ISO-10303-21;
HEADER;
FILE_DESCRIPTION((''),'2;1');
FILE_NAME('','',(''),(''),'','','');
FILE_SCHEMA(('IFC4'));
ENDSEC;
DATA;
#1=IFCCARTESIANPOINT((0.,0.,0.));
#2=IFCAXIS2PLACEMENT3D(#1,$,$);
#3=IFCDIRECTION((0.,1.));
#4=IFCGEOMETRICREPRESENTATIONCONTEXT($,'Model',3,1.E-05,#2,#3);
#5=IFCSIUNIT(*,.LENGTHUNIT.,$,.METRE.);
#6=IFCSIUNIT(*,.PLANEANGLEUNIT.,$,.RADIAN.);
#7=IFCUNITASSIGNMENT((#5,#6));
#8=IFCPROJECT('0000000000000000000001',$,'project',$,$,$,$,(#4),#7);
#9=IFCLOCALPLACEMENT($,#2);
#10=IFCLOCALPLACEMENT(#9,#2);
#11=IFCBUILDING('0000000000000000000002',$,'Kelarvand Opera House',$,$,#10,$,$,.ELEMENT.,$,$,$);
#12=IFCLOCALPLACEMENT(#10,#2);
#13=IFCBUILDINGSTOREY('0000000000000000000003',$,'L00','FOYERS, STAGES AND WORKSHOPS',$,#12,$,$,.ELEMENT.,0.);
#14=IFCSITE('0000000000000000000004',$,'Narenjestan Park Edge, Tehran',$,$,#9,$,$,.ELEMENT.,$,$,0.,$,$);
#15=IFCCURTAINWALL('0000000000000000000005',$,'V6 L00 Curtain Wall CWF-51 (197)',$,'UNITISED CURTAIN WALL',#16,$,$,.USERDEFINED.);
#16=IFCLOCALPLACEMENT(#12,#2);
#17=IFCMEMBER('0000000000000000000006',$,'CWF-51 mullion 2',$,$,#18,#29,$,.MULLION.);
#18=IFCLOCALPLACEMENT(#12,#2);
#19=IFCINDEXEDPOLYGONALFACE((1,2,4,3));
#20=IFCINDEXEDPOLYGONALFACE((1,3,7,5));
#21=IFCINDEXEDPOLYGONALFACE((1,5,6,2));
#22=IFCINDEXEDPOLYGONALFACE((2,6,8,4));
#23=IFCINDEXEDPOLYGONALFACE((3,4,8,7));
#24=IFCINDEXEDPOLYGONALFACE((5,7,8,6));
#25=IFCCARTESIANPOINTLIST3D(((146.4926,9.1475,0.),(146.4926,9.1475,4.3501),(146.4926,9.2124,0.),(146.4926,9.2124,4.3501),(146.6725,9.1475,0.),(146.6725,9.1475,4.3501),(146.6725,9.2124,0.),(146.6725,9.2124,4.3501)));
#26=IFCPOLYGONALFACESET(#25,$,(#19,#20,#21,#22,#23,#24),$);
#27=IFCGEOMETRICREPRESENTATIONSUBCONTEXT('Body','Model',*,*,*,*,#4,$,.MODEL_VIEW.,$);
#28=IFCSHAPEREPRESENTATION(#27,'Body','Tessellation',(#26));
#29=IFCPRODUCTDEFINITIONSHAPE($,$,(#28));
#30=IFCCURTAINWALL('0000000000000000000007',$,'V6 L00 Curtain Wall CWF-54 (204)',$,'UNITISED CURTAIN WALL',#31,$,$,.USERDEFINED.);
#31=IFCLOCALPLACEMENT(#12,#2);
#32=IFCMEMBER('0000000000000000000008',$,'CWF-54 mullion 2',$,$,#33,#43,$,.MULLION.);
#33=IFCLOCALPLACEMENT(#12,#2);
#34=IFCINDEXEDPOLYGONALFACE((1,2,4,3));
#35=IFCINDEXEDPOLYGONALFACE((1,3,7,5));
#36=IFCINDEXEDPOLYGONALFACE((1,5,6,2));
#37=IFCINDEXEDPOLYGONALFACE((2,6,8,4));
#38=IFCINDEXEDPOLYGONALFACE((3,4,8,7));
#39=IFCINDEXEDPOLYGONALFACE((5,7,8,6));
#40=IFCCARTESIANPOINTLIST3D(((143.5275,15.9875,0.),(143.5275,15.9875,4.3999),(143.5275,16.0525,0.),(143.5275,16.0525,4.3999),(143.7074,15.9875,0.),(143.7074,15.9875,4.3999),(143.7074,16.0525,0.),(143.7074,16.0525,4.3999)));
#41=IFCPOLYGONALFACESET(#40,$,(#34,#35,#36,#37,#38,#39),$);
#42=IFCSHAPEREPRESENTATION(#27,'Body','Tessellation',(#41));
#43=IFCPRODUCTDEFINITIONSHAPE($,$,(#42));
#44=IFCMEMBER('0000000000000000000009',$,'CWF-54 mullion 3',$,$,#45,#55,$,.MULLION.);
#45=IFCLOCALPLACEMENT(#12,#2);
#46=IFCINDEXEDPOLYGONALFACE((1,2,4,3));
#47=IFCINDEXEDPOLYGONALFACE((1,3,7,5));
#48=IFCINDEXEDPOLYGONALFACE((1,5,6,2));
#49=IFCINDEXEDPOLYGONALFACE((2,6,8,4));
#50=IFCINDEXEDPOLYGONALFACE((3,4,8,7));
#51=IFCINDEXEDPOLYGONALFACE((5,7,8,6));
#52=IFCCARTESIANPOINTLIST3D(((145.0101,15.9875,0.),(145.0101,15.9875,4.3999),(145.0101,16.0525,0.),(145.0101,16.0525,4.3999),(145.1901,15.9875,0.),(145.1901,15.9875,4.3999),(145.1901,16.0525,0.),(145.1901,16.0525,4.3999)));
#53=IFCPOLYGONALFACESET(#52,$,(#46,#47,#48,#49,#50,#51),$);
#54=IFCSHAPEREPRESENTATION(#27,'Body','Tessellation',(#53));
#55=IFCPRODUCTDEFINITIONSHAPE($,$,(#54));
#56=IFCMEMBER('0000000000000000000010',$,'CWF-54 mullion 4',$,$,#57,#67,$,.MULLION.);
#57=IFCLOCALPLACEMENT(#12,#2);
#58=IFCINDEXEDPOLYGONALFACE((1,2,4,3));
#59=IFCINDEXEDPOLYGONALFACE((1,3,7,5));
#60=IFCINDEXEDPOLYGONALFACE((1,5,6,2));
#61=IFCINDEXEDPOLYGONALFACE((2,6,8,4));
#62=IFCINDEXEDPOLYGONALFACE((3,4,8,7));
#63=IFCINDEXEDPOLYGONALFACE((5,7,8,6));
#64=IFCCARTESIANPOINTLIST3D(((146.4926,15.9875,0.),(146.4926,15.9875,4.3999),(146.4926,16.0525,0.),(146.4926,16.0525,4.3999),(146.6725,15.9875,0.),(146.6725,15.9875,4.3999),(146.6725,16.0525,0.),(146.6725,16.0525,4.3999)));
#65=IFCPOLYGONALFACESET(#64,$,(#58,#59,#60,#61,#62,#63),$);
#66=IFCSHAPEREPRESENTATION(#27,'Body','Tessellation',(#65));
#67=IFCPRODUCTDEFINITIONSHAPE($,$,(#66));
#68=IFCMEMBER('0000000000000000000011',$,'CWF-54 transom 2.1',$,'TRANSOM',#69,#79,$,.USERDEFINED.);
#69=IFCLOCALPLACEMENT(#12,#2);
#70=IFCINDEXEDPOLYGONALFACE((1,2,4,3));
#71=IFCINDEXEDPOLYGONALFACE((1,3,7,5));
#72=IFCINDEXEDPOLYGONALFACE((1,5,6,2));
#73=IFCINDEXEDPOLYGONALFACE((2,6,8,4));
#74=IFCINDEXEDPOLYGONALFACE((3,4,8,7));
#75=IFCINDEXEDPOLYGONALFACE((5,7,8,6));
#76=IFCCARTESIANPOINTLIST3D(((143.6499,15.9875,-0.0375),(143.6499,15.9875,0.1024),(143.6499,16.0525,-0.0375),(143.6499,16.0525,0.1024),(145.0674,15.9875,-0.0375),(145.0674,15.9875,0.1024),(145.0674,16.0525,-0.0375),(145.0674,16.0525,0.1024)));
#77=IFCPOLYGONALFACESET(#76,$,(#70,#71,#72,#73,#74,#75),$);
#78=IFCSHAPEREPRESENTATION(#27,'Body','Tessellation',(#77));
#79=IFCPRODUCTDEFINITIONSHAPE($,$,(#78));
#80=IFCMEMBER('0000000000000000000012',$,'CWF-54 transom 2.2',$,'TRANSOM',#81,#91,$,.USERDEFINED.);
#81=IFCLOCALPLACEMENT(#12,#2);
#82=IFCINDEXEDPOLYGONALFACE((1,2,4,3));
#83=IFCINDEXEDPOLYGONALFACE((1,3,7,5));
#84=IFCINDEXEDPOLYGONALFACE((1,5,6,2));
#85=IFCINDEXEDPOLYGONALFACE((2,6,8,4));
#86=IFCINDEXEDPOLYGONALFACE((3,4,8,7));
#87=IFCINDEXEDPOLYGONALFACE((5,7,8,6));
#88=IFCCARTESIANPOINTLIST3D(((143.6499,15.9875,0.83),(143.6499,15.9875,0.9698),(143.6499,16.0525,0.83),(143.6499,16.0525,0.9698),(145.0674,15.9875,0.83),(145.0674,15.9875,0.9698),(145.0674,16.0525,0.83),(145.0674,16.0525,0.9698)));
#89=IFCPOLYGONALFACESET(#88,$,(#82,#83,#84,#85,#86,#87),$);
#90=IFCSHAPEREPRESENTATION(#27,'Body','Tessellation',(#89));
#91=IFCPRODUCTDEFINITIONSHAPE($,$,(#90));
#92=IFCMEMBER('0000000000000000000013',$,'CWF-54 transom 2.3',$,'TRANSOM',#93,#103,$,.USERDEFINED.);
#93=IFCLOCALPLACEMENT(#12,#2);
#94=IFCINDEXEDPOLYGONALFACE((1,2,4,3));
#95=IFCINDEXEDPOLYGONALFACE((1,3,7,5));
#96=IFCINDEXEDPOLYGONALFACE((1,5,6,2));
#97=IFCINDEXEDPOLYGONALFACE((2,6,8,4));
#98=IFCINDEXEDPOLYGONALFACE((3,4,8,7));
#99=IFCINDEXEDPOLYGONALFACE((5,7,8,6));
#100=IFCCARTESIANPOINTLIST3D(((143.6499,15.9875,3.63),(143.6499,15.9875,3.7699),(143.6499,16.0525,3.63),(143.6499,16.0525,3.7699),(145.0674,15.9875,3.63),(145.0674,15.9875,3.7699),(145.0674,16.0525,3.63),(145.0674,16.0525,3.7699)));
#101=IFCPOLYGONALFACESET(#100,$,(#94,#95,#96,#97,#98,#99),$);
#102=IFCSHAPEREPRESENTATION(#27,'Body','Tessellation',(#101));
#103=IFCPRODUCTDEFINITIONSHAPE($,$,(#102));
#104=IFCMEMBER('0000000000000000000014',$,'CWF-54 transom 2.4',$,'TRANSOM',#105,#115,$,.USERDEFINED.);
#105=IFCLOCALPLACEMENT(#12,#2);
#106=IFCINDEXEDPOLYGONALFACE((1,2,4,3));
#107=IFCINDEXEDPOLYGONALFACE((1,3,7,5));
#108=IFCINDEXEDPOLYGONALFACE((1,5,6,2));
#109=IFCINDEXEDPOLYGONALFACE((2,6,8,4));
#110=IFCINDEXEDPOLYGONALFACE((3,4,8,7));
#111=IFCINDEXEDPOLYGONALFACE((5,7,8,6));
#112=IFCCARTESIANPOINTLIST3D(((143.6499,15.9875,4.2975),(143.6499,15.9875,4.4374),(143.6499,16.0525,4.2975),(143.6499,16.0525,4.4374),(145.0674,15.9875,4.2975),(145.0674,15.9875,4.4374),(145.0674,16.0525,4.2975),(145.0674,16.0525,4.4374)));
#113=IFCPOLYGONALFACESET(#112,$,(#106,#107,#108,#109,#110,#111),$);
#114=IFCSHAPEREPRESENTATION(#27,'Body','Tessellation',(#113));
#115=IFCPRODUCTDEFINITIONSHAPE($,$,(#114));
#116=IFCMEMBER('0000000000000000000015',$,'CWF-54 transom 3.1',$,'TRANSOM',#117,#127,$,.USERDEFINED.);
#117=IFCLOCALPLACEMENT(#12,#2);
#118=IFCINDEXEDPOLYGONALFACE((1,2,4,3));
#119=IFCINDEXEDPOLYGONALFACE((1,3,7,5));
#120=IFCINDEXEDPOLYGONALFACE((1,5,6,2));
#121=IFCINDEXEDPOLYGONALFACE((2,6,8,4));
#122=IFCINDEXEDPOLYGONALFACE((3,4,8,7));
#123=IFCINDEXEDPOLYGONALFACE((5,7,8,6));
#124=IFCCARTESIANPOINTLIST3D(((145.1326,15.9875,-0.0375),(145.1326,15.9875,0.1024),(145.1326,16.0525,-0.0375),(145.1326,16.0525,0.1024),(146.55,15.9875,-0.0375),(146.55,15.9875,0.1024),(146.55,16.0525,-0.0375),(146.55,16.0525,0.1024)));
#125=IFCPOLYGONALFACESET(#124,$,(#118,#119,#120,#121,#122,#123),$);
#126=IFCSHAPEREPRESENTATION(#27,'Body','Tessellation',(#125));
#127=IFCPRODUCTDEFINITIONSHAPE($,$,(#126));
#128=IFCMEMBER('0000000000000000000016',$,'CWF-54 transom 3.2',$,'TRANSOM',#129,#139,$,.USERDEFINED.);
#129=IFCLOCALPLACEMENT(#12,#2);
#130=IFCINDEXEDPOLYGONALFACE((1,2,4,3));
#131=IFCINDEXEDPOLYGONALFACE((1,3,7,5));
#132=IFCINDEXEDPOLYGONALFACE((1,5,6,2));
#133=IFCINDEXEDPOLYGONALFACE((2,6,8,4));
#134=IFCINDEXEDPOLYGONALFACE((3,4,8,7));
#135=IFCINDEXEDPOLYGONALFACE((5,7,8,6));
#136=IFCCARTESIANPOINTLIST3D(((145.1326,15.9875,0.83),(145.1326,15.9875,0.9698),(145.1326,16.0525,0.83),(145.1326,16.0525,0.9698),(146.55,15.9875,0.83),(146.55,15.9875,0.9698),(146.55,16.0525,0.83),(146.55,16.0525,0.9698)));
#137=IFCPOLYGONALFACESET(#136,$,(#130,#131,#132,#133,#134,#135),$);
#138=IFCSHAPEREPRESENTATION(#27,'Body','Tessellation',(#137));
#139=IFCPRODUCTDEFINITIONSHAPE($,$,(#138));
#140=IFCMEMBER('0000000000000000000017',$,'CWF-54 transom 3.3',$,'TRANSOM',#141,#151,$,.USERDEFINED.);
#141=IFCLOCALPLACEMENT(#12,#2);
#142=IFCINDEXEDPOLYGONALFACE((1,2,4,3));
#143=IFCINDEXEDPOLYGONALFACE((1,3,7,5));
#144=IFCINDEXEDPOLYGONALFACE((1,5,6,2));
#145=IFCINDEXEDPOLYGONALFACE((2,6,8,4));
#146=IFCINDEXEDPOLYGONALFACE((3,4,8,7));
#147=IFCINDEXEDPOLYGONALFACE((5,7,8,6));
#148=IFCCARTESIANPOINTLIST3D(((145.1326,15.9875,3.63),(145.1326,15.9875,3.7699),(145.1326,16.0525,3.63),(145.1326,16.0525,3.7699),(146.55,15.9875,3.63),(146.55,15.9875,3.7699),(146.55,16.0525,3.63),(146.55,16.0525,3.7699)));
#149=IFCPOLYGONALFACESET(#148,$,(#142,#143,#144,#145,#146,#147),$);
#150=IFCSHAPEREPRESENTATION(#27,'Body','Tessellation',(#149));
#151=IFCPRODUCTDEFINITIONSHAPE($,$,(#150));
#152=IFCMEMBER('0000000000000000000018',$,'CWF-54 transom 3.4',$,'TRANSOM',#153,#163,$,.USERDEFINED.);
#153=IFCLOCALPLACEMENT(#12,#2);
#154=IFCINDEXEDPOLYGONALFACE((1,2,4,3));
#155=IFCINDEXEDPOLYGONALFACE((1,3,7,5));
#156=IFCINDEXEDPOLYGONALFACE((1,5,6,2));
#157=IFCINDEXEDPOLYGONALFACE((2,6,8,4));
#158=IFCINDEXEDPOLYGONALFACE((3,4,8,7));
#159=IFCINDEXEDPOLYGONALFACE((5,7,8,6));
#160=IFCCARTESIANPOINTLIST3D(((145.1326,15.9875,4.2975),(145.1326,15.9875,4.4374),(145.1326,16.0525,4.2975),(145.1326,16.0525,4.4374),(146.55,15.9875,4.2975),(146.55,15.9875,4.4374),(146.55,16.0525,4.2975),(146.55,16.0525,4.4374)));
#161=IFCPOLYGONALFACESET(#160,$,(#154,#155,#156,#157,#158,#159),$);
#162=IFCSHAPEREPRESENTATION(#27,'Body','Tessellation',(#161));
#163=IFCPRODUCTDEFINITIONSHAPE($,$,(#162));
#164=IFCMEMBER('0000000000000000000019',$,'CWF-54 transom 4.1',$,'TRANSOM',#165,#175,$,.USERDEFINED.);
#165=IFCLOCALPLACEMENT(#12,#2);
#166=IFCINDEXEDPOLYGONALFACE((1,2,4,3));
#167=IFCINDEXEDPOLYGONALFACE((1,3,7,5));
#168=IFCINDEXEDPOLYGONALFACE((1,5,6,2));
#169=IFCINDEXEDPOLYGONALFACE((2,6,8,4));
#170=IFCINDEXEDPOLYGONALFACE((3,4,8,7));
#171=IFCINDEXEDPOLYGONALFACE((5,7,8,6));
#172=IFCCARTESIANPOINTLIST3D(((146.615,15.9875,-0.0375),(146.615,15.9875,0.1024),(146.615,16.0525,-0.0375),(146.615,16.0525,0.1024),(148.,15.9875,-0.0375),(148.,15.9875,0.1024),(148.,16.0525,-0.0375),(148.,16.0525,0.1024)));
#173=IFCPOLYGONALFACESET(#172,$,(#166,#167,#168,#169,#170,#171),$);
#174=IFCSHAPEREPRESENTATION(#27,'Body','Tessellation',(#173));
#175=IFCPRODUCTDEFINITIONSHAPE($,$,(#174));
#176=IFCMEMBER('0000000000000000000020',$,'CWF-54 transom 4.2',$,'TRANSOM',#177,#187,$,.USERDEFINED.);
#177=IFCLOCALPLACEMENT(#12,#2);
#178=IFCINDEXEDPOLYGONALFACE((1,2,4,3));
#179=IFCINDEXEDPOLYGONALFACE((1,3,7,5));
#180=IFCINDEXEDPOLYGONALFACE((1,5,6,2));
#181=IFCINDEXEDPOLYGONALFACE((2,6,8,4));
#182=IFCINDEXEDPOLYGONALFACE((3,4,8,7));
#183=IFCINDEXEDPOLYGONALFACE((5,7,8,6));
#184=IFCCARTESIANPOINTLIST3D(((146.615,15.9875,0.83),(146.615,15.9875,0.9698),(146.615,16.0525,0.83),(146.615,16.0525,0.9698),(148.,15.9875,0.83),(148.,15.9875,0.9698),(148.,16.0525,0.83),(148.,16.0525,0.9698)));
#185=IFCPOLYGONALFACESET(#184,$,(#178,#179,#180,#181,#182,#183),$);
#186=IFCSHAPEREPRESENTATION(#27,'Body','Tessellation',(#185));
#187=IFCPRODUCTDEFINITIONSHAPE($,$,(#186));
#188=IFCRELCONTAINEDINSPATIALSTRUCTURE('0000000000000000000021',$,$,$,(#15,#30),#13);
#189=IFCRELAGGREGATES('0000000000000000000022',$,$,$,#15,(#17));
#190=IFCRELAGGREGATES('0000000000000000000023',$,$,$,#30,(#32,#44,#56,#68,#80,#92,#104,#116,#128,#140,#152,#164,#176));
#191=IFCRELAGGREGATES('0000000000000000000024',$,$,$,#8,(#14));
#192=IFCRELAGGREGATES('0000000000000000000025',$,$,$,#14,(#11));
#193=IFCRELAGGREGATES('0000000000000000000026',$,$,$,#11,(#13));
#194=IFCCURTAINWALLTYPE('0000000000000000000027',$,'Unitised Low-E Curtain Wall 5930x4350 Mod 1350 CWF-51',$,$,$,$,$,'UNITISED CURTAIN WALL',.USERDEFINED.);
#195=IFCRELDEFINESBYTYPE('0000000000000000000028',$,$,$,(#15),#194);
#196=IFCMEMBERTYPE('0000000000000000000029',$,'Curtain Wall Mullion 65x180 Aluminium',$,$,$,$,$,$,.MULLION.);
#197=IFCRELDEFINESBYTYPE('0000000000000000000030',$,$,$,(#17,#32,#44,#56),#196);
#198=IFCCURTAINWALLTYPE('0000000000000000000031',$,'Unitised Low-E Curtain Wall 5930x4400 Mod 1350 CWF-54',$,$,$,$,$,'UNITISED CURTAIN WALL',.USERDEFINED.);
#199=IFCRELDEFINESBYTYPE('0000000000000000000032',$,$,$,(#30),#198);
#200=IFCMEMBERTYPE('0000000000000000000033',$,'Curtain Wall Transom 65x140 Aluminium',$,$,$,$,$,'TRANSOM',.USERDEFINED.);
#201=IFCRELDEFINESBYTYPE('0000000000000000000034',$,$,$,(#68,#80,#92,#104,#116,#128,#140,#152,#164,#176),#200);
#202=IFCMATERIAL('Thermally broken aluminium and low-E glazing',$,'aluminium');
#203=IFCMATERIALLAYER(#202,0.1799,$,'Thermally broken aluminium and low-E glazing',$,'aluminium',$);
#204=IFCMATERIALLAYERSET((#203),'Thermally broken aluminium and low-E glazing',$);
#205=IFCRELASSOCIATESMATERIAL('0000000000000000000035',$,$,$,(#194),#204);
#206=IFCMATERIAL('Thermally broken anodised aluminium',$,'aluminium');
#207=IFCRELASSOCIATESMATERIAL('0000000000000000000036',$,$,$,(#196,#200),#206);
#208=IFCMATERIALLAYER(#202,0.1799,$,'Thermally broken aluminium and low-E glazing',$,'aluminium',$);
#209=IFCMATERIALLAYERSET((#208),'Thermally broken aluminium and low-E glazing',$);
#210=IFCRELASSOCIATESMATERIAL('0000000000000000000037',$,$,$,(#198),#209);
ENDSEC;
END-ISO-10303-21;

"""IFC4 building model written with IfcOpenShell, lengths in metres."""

from ifc_helpers import new_model, si_unit, direction, frame, origin, origin_2d, place, context, subcontext, project, spatial, rectangle, extrude, material, layer, layer_set, material_profile, profile_set, type_object, element, aggregate, save


model = new_model("IFC4")

# Units and contexts
model_context = context("Model", 3, precision=1e-05, world=origin(), true_north=direction((0.0, 1.0)))
body_context = subcontext(model_context, "Body", "Model", "MODEL_VIEW")
ifc_project = project(units=[si_unit("LENGTHUNIT", "METRE"), si_unit("PLANEANGLEUNIT", "RADIAN")], contexts=[model_context])

# Site, building, storey
site_placement = place(None, origin())
site = spatial("IfcSite", under=ifc_project, at=site_placement, Name="Narenjestan Park Edge, Tehran", CompositionType="ELEMENT", RefElevation=0.0)
building_placement = place(site_placement, origin())
building = spatial("IfcBuilding", under=site, at=building_placement, Name="Kelarvand Opera House", CompositionType="ELEMENT")
storey_placement = place(building_placement, origin())
storey = spatial("IfcBuildingStorey", under=building, at=storey_placement, Name="L00", Description="FOYERS, STAGES AND WORKSHOPS", CompositionType="ELEMENT", Elevation=0.0)

# Curtain wall, member
ifc_material_1 = material(Name="Thermally broken aluminium and low-E glazing", Category="aluminium")
ifc_layer_1 = layer(ifc_material_1, 0.1799, Name="Thermally broken aluminium and low-E glazing", Category="aluminium")
ifc_layer_set_1 = layer_set([ifc_layer_1], Name="Thermally broken aluminium and low-E glazing")
curtain_wall_type_1 = type_object("IfcCurtainWallType", Name="Unitised Low-E Curtain Wall 5930x4350 Mod 1350 CWF-51", ElementType="UNITISED CURTAIN WALL", PredefinedType="USERDEFINED", material=ifc_layer_set_1)
curtain_wall_1_placement = place(storey_placement, origin())
curtain_wall_1 = element("IfcCurtainWall", 1, at=curtain_wall_1_placement, inside=storey, type_object=curtain_wall_type_1, Name="V6 L00 Curtain Wall CWF-51 (197)", ObjectType="UNITISED CURTAIN WALL", PredefinedType="USERDEFINED")
ifc_material_2 = material(Name="Thermally broken anodised aluminium", Category="aluminium")
ifc_material_profile_1 = material_profile(ifc_material_2, rectangle(XDim=0.0649, YDim=0.1799, at=origin_2d()), Name="ALU MULLION 65x180", Category="aluminium")
ifc_profile_set_1 = profile_set([ifc_material_profile_1], Name="Thermally broken anodised aluminium")
member_type_1 = type_object("IfcMemberType", Name="Curtain Wall Mullion 65x180 Aluminium", PredefinedType="MULLION", material=ifc_profile_set_1)
member_1_placement = place(storey_placement, frame((146.5825, 9.1799, 0.0), z_axis=(0.0, 0.0, 1.0), x_axis=(0.0, -1.0, 0.0)))
member_1 = element("IfcMember", 2, at=member_1_placement, type_object=member_type_1, Name="CWF-51 mullion 2", PredefinedType="MULLION", context=body_context, shape_type="SweptSolid", body=[
    extrude(rectangle(XDim=0.0649, YDim=0.1799, at=origin_2d()), origin(), (0.0, 0.0, 1.0), 4.3501),
])
aggregate(curtain_wall_1, [member_1])

# Curtain wall, members
ifc_layer_2 = layer(ifc_material_1, 0.1799, Name="Thermally broken aluminium and low-E glazing", Category="aluminium")
ifc_layer_set_2 = layer_set([ifc_layer_2], Name="Thermally broken aluminium and low-E glazing")
curtain_wall_type_2 = type_object("IfcCurtainWallType", Name="Unitised Low-E Curtain Wall 5930x4400 Mod 1350 CWF-54", ElementType="UNITISED CURTAIN WALL", PredefinedType="USERDEFINED", material=ifc_layer_set_2)
curtain_wall_2_placement = place(storey_placement, origin())
curtain_wall_2 = element("IfcCurtainWall", 3, at=curtain_wall_2_placement, inside=storey, type_object=curtain_wall_type_2, Name="V6 L00 Curtain Wall CWF-54 (204)", ObjectType="UNITISED CURTAIN WALL", PredefinedType="USERDEFINED")
member_2_placement = place(storey_placement, frame((143.6174, 16.02, 0.0), z_axis=(0.0, 0.0, 1.0), x_axis=(0.0, 1.0, 0.0)))
member_2 = element("IfcMember", 4, at=member_2_placement, type_object=member_type_1, Name="CWF-54 mullion 2", PredefinedType="MULLION", context=body_context, shape_type="SweptSolid", body=[
    extrude(rectangle(XDim=0.0649, YDim=0.1799, at=origin_2d()), origin(), (0.0, 0.0, 1.0), 4.3999),
])
member_3_placement = place(storey_placement, frame((145.1001, 16.02, 0.0), z_axis=(0.0, 0.0, 1.0), x_axis=(0.0, 1.0, 0.0)))
member_3 = element("IfcMember", 5, at=member_3_placement, type_object=member_type_1, Name="CWF-54 mullion 3", PredefinedType="MULLION", context=body_context, shape_type="SweptSolid", body=[
    extrude(rectangle(XDim=0.0649, YDim=0.1799, at=origin_2d()), origin(), (0.0, 0.0, 1.0), 4.3999),
])
member_4_placement = place(storey_placement, frame((146.5825, 16.02, 0.0), z_axis=(0.0, 0.0, 1.0), x_axis=(0.0, 1.0, 0.0)))
member_4 = element("IfcMember", 6, at=member_4_placement, type_object=member_type_1, Name="CWF-54 mullion 4", PredefinedType="MULLION", context=body_context, shape_type="SweptSolid", body=[
    extrude(rectangle(XDim=0.0649, YDim=0.1799, at=origin_2d()), origin(), (0.0, 0.0, 1.0), 4.3999),
])
ifc_material_profile_2 = material_profile(ifc_material_2, rectangle(XDim=0.0649, YDim=0.1399, at=origin_2d()), Name="ALU TRANSOM 65x140", Category="aluminium")
ifc_profile_set_2 = profile_set([ifc_material_profile_2], Name="Thermally broken anodised aluminium")
member_type_2 = type_object("IfcMemberType", Name="Curtain Wall Transom 65x140 Aluminium", ElementType="TRANSOM", PredefinedType="USERDEFINED", material=ifc_profile_set_2)
member_5_placement = place(storey_placement, frame((143.6499, 16.02, 0.0325), z_axis=(1.0, 0.0, 0.0), x_axis=(0.0, 1.0, 0.0)))
member_5 = element("IfcMember", 7, at=member_5_placement, type_object=member_type_2, Name="CWF-54 transom 2.1", ObjectType="TRANSOM", PredefinedType="USERDEFINED", context=body_context, shape_type="SweptSolid", body=[
    extrude(rectangle(XDim=0.0649, YDim=0.1399, at=origin_2d()), origin(), (0.0, 0.0, 1.0), 1.4175),
])
member_6_placement = place(storey_placement, frame((143.6499, 16.02, 0.8999), z_axis=(1.0, 0.0, 0.0), x_axis=(0.0, 1.0, 0.0)))
member_6 = element("IfcMember", 8, at=member_6_placement, type_object=member_type_2, Name="CWF-54 transom 2.2", ObjectType="TRANSOM", PredefinedType="USERDEFINED", context=body_context, shape_type="SweptSolid", body=[
    extrude(rectangle(XDim=0.0649, YDim=0.1399, at=origin_2d()), origin(), (0.0, 0.0, 1.0), 1.4175),
])
member_7_placement = place(storey_placement, frame((143.6499, 16.02, 3.7), z_axis=(1.0, 0.0, 0.0), x_axis=(0.0, 1.0, 0.0)))
member_7 = element("IfcMember", 9, at=member_7_placement, type_object=member_type_2, Name="CWF-54 transom 2.3", ObjectType="TRANSOM", PredefinedType="USERDEFINED", context=body_context, shape_type="SweptSolid", body=[
    extrude(rectangle(XDim=0.0649, YDim=0.1399, at=origin_2d()), origin(), (0.0, 0.0, 1.0), 1.4175),
])
member_8_placement = place(storey_placement, frame((143.6499, 16.02, 4.3674), z_axis=(1.0, 0.0, 0.0), x_axis=(0.0, 1.0, 0.0)))
member_8 = element("IfcMember", 10, at=member_8_placement, type_object=member_type_2, Name="CWF-54 transom 2.4", ObjectType="TRANSOM", PredefinedType="USERDEFINED", context=body_context, shape_type="SweptSolid", body=[
    extrude(rectangle(XDim=0.0649, YDim=0.1399, at=origin_2d()), origin(), (0.0, 0.0, 1.0), 1.4175),
])
member_9_placement = place(storey_placement, frame((145.1326, 16.02, 0.0325), z_axis=(1.0, 0.0, 0.0), x_axis=(0.0, 1.0, 0.0)))
member_9 = element("IfcMember", 11, at=member_9_placement, type_object=member_type_2, Name="CWF-54 transom 3.1", ObjectType="TRANSOM", PredefinedType="USERDEFINED", context=body_context, shape_type="SweptSolid", body=[
    extrude(rectangle(XDim=0.0649, YDim=0.1399, at=origin_2d()), origin(), (0.0, 0.0, 1.0), 1.4175),
])
member_10_placement = place(storey_placement, frame((145.1326, 16.02, 0.8999), z_axis=(1.0, 0.0, 0.0), x_axis=(0.0, 1.0, 0.0)))
member_10 = element("IfcMember", 12, at=member_10_placement, type_object=member_type_2, Name="CWF-54 transom 3.2", ObjectType="TRANSOM", PredefinedType="USERDEFINED", context=body_context, shape_type="SweptSolid", body=[
    extrude(rectangle(XDim=0.0649, YDim=0.1399, at=origin_2d()), origin(), (0.0, 0.0, 1.0), 1.4175),
])
member_11_placement = place(storey_placement, frame((145.1326, 16.02, 3.7), z_axis=(1.0, 0.0, 0.0), x_axis=(0.0, 1.0, 0.0)))
member_11 = element("IfcMember", 13, at=member_11_placement, type_object=member_type_2, Name="CWF-54 transom 3.3", ObjectType="TRANSOM", PredefinedType="USERDEFINED", context=body_context, shape_type="SweptSolid", body=[
    extrude(rectangle(XDim=0.0649, YDim=0.1399, at=origin_2d()), origin(), (0.0, 0.0, 1.0), 1.4175),
])
member_12_placement = place(storey_placement, frame((145.1326, 16.02, 4.3674), z_axis=(1.0, 0.0, 0.0), x_axis=(0.0, 1.0, 0.0)))
member_12 = element("IfcMember", 14, at=member_12_placement, type_object=member_type_2, Name="CWF-54 transom 3.4", ObjectType="TRANSOM", PredefinedType="USERDEFINED", context=body_context, shape_type="SweptSolid", body=[
    extrude(rectangle(XDim=0.0649, YDim=0.1399, at=origin_2d()), origin(), (0.0, 0.0, 1.0), 1.4175),
])
member_13_placement = place(storey_placement, frame((146.615, 16.02, 0.0325), z_axis=(1.0, 0.0, 0.0), x_axis=(0.0, 1.0, 0.0)))
member_13 = element("IfcMember", 15, at=member_13_placement, type_object=member_type_2, Name="CWF-54 transom 4.1", ObjectType="TRANSOM", PredefinedType="USERDEFINED", context=body_context, shape_type="SweptSolid", body=[
    extrude(rectangle(XDim=0.0649, YDim=0.1399, at=origin_2d()), origin(), (0.0, 0.0, 1.0), 1.385),
])
member_14_placement = place(storey_placement, frame((146.615, 16.02, 0.8999), z_axis=(1.0, 0.0, 0.0), x_axis=(0.0, 1.0, 0.0)))
member_14 = element("IfcMember", 16, at=member_14_placement, type_object=member_type_2, Name="CWF-54 transom 4.2", ObjectType="TRANSOM", PredefinedType="USERDEFINED", context=body_context, shape_type="SweptSolid", body=[
    extrude(rectangle(XDim=0.0649, YDim=0.1399, at=origin_2d()), origin(), (0.0, 0.0, 1.0), 1.385),
])
aggregate(curtain_wall_2, [member_2, member_3, member_4, member_5, member_6, member_7, member_8, member_9, member_10, member_11, member_12, member_13, member_14])

save(model, "model.ifc")
